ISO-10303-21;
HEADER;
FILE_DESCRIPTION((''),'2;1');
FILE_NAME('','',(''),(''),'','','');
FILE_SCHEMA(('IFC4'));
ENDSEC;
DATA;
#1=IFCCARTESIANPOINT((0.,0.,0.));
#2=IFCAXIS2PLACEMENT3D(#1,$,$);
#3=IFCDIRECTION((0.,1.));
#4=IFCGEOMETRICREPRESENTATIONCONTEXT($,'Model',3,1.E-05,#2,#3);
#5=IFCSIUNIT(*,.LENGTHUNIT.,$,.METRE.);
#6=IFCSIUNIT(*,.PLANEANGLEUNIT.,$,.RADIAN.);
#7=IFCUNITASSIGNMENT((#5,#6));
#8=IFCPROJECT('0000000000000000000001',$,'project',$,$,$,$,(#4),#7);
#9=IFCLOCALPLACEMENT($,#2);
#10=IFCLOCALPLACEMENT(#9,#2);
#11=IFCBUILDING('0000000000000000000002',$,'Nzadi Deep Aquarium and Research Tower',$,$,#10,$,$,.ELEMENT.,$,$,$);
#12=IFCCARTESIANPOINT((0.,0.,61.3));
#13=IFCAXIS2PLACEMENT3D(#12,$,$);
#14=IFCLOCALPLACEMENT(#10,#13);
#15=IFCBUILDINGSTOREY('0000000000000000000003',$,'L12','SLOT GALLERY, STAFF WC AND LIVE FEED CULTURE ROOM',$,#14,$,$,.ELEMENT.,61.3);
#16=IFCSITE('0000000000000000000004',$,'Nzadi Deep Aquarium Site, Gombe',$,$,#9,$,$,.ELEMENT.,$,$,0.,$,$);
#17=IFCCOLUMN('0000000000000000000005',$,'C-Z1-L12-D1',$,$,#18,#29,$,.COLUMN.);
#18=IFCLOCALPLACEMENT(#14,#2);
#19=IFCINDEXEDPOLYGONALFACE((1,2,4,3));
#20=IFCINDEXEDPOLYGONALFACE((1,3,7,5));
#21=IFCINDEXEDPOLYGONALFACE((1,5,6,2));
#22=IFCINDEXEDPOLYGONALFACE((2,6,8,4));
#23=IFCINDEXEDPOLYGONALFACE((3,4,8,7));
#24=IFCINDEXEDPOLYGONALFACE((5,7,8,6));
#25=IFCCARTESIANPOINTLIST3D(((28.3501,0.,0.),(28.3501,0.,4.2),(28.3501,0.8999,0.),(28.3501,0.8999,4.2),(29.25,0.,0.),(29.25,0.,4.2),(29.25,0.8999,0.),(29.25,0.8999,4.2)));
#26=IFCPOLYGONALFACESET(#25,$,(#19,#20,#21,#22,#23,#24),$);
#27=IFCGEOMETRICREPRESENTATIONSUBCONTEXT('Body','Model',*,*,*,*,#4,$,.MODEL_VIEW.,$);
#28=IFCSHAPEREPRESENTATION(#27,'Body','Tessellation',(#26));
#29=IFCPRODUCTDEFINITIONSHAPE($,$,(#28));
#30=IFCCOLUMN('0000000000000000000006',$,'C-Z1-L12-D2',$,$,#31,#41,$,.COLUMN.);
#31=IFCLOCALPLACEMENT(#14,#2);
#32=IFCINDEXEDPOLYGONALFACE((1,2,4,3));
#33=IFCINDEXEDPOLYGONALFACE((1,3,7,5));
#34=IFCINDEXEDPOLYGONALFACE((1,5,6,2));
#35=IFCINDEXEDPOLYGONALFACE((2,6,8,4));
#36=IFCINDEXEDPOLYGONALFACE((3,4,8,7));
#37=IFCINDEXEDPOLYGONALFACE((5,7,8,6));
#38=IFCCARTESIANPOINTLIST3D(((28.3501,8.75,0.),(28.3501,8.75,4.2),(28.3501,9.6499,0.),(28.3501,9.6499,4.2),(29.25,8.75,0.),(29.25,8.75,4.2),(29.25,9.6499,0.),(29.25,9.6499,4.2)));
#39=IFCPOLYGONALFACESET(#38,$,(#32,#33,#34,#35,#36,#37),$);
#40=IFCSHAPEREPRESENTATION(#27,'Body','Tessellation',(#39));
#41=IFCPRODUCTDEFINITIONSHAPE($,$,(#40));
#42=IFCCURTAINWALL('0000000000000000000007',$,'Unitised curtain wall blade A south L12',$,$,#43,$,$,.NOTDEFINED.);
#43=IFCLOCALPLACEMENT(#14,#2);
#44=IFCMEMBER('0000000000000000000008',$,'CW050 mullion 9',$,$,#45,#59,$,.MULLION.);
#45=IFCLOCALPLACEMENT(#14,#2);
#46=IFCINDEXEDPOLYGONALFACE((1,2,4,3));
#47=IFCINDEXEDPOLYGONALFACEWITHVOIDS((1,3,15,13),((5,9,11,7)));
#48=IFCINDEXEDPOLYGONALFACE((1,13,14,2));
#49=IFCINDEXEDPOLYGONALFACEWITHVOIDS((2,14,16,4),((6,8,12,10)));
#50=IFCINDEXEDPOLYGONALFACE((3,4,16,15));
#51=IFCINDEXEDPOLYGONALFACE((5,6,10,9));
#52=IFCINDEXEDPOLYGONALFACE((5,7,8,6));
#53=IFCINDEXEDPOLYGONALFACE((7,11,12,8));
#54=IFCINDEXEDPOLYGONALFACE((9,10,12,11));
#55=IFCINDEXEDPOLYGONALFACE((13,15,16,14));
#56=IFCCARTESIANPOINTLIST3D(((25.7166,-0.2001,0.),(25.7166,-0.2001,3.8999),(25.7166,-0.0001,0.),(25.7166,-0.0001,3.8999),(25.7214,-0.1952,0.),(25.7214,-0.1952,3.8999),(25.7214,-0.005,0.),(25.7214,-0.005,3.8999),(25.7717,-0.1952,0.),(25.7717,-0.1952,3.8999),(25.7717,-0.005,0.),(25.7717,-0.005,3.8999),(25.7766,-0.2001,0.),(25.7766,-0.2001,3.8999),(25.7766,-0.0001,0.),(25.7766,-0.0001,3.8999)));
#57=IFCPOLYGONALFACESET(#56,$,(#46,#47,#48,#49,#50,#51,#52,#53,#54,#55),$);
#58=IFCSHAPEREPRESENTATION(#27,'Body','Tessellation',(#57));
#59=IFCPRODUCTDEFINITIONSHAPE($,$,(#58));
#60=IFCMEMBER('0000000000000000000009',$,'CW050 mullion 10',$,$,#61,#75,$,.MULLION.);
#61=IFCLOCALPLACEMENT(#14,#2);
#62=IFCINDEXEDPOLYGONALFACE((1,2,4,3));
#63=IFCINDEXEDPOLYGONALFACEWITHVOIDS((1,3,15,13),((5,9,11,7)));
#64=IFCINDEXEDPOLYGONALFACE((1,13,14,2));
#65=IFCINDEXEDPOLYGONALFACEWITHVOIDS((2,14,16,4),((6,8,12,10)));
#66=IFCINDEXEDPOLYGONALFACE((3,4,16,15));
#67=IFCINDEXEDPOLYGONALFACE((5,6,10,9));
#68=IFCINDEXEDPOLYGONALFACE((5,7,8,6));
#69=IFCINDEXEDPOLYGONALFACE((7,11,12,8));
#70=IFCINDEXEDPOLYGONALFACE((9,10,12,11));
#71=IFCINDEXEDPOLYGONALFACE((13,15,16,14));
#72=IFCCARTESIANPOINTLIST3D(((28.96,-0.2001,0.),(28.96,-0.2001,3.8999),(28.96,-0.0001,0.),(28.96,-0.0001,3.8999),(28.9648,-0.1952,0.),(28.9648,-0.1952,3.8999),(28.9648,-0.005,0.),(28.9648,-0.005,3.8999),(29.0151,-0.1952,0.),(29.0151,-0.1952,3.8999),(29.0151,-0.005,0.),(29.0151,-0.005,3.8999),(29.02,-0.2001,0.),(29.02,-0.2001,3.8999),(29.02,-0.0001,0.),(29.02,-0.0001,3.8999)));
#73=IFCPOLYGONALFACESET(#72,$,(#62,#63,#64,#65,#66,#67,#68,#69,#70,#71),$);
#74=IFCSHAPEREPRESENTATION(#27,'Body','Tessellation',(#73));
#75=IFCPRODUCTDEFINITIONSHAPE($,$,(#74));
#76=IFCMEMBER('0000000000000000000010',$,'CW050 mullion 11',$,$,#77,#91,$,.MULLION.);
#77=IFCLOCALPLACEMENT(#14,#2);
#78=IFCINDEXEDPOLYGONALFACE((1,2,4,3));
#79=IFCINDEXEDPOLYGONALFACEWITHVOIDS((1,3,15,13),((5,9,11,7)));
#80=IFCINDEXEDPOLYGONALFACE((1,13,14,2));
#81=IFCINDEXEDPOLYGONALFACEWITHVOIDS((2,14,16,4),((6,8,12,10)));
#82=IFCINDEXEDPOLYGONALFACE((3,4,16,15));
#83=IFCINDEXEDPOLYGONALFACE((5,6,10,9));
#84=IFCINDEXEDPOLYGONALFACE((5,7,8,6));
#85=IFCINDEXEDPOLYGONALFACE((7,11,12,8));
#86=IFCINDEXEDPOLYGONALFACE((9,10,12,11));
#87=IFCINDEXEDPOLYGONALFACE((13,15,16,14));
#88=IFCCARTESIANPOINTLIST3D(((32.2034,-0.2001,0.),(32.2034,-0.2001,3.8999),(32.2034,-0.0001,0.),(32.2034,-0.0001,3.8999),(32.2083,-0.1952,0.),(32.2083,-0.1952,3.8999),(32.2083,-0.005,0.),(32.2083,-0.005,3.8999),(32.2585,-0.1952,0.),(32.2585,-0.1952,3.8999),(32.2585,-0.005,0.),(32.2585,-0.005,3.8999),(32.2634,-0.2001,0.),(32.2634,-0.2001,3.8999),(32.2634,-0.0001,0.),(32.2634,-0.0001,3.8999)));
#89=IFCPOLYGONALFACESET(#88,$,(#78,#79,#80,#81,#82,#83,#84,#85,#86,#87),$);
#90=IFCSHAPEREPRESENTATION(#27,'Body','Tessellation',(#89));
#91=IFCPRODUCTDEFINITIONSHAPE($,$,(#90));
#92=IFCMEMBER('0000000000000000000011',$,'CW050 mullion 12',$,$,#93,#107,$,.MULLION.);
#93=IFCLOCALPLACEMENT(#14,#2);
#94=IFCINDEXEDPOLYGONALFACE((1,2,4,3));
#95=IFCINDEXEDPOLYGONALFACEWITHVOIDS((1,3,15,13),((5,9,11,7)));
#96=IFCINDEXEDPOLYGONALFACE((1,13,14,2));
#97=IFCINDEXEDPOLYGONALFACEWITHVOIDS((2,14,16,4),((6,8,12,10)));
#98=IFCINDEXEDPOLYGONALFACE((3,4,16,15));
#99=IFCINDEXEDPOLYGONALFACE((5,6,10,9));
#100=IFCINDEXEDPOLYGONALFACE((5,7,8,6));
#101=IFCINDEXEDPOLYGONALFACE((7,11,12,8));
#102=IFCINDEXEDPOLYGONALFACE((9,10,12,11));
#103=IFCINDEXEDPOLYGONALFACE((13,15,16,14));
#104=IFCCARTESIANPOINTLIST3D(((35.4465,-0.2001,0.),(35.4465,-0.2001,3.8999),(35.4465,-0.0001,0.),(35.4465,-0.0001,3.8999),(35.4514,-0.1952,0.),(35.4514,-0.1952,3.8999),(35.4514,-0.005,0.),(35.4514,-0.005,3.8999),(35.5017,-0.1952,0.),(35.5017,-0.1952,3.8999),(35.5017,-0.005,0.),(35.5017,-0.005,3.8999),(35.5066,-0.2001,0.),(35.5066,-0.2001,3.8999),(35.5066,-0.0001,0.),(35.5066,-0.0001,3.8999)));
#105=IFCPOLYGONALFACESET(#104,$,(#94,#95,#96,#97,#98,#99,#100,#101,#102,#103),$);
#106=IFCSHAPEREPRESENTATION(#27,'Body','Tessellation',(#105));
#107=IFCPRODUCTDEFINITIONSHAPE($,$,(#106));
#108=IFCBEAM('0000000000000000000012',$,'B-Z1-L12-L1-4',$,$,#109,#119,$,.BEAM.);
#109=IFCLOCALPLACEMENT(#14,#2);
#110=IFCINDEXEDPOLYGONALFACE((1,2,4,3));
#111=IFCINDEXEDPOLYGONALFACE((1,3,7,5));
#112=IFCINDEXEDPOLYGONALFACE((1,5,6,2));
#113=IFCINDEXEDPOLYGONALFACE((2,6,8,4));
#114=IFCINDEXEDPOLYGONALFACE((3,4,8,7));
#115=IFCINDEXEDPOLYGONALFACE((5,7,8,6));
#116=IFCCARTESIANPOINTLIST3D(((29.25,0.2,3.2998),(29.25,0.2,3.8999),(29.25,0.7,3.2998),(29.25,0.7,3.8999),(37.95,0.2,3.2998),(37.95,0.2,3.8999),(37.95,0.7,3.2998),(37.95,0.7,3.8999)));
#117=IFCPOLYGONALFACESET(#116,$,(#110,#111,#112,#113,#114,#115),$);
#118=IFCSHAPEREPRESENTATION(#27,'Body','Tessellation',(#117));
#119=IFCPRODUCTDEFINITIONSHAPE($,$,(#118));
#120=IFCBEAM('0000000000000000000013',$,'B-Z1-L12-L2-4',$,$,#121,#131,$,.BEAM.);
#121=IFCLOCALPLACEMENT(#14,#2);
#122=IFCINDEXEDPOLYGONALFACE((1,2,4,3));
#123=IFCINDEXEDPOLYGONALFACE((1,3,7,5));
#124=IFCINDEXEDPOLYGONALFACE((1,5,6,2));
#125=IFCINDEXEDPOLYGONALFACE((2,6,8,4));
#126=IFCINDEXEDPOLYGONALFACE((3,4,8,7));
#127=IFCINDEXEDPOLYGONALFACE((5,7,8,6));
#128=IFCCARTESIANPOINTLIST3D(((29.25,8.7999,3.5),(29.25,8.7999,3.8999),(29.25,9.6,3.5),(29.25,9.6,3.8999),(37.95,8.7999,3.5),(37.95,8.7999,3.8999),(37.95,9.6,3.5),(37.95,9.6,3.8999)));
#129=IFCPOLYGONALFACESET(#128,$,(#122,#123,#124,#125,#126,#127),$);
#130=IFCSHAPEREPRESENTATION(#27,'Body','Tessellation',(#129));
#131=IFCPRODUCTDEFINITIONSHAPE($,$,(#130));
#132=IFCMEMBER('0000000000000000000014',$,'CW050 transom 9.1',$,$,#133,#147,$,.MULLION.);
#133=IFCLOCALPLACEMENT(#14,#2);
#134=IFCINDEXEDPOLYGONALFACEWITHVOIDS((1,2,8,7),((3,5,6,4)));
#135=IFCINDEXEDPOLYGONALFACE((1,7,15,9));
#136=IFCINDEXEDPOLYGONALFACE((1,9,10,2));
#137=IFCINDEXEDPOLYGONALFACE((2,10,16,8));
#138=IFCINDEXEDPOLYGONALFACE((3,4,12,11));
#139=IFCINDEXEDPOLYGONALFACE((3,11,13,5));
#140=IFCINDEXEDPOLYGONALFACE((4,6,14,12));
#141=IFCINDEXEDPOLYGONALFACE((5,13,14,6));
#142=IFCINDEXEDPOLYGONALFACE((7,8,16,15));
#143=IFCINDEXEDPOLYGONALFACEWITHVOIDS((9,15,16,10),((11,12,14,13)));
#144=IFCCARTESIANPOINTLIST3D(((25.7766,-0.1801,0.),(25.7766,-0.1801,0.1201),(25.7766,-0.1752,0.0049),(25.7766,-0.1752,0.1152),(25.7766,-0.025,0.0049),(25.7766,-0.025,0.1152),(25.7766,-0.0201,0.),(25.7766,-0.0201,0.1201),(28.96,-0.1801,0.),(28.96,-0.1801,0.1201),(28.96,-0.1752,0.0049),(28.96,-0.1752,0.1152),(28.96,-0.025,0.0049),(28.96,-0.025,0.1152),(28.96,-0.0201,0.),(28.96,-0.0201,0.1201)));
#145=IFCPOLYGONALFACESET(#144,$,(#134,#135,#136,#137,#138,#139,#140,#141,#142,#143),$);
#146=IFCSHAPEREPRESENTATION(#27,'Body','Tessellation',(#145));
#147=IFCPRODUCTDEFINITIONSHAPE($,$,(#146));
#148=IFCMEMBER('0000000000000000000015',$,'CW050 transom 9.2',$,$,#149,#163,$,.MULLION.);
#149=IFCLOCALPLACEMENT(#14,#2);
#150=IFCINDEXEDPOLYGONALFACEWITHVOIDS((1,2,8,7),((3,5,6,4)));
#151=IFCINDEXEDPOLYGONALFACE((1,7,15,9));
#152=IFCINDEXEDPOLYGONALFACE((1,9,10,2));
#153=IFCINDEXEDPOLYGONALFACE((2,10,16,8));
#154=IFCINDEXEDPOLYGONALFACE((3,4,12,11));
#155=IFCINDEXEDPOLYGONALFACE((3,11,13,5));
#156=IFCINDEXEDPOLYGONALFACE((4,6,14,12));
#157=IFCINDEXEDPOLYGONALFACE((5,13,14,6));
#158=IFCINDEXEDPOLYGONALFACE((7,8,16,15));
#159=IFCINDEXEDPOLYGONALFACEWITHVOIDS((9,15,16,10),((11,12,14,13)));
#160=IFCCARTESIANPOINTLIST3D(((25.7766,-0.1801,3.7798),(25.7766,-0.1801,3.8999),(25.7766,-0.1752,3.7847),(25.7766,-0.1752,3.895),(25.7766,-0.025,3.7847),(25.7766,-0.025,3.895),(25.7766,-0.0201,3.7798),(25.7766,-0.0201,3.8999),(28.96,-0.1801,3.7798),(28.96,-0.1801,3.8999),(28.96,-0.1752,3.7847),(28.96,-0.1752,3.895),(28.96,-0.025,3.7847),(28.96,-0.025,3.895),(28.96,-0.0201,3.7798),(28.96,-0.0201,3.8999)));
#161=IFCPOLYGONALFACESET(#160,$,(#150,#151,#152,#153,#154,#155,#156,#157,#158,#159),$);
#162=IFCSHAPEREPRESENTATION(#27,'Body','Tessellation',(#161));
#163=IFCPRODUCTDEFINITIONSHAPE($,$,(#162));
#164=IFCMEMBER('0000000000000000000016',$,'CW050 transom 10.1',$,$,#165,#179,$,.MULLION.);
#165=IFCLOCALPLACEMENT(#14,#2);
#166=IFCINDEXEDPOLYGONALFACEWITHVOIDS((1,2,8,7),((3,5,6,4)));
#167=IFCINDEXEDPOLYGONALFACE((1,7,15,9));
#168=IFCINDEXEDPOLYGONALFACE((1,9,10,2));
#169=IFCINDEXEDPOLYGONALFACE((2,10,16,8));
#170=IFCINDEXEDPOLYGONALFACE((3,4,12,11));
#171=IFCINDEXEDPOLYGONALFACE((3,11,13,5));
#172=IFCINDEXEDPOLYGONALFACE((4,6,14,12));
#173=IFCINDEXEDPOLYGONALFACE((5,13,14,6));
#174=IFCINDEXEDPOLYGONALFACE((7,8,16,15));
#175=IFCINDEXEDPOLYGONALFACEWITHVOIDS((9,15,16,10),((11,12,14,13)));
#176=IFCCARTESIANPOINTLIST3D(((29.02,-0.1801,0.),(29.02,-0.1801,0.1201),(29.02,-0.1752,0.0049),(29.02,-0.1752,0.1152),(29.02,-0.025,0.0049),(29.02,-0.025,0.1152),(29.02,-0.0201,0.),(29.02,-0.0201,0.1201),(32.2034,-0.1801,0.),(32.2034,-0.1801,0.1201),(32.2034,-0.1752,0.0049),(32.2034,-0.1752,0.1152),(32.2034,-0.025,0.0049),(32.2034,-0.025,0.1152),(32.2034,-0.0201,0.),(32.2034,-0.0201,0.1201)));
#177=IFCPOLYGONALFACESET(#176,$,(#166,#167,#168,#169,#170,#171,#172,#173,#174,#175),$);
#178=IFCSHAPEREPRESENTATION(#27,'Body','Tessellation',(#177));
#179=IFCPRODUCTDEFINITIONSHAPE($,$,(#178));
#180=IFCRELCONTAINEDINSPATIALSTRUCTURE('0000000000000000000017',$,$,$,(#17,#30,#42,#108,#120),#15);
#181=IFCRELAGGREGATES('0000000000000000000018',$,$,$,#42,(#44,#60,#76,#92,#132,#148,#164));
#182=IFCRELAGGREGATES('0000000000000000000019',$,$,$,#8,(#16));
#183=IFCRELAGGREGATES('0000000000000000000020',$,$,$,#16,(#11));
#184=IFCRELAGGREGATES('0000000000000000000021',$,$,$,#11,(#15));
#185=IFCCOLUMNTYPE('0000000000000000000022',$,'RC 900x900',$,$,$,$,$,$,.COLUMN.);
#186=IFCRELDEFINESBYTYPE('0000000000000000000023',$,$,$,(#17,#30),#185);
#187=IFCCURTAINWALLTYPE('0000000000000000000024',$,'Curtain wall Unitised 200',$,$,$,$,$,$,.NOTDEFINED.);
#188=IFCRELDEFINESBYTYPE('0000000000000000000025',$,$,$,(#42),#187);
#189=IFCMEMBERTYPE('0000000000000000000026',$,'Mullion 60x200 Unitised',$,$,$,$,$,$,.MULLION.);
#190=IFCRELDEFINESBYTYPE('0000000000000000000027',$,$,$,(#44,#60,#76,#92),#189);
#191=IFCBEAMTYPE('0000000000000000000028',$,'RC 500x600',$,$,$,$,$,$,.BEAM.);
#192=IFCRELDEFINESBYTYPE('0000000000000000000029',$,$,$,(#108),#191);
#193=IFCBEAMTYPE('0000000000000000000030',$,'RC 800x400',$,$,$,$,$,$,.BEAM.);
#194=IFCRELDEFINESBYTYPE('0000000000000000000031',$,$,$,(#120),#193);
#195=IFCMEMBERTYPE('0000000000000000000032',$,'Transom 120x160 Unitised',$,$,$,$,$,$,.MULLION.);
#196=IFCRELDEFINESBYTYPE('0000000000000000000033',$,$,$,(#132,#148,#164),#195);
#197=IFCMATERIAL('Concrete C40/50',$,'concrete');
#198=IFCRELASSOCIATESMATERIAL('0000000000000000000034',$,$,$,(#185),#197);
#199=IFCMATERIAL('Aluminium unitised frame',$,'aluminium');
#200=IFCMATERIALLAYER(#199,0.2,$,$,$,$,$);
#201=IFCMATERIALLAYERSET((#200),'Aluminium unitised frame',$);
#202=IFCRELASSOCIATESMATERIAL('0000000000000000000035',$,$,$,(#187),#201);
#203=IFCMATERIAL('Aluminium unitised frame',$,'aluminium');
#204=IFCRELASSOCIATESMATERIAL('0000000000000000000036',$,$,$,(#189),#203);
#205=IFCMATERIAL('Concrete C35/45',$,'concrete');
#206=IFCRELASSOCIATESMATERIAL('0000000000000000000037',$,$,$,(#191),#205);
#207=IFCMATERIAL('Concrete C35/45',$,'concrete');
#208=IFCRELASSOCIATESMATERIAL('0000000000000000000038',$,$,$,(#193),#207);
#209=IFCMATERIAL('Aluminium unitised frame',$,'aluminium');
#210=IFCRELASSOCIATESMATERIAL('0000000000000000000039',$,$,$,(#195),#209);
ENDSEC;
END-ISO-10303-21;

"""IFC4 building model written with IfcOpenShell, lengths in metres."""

from ifc_helpers import new_model, si_unit, direction, frame, origin, origin_2d, place, context, subcontext, project, spatial, rectangle, hollow_rectangle, extrude, material, layer, layer_set, material_profile, profile_set, type_object, element, aggregate, save


model = new_model("IFC4")

# Units and contexts
model_context = context("Model", 3, precision=1e-05, world=origin(), true_north=direction((0.0, 1.0)))
body_context = subcontext(model_context, "Body", "Model", "MODEL_VIEW")
ifc_project = project(units=[si_unit("LENGTHUNIT", "METRE"), si_unit("PLANEANGLEUNIT", "RADIAN")], contexts=[model_context])

# Site, building, storey
site_placement = place(None, origin())
site = spatial("IfcSite", under=ifc_project, at=site_placement, Name="Nzadi Deep Aquarium Site, Gombe", CompositionType="ELEMENT", RefElevation=0.0)
building_placement = place(site_placement, origin())
building = spatial("IfcBuilding", under=site, at=building_placement, Name="Nzadi Deep Aquarium and Research Tower", CompositionType="ELEMENT")
storey_placement = place(building_placement, frame((0.0, 0.0, 61.3)))
storey = spatial("IfcBuildingStorey", under=building, at=storey_placement, Name="L12", Description="SLOT GALLERY, STAFF WC AND LIVE FEED CULTURE ROOM", CompositionType="ELEMENT", Elevation=61.3)

# Columns
ifc_material_1 = material(Name="Concrete C40/50", Category="concrete")
ifc_material_profile_1 = material_profile(ifc_material_1, rectangle(XDim=0.8999, YDim=0.8999, at=origin_2d()))
ifc_profile_set_1 = profile_set([ifc_material_profile_1], Name="Concrete C40/50")
column_type = type_object("IfcColumnType", Name="RC 900x900", PredefinedType="COLUMN", material=ifc_profile_set_1)
for number, where, z_axis, x_axis, name in (
    (1, (28.8, 0.45, 0.0), (0.0, 0.0, 1.0), (1.0, 0.0, 0.0), "C-Z1-L12-D1"),
    (2, (28.8, 9.2, 0.0), (0.0, 0.0, 1.0), (1.0, 0.0, 0.0), "C-Z1-L12-D2"),
):
    element("IfcColumn", number, at=place(storey_placement, frame(where, z_axis=z_axis, x_axis=x_axis)), inside=storey, type_object=column_type, Name=name, PredefinedType="COLUMN", context=body_context, shape_type="SweptSolid", body=[
        extrude(rectangle(XDim=0.8999, YDim=0.8999, at=origin_2d()), origin(), (0.0, 0.0, 1.0), 4.2),
    ])

# Curtain wall, members
ifc_material_2 = material(Name="Aluminium unitised frame", Category="aluminium")
ifc_layer_1 = layer(ifc_material_2, 0.2)
ifc_layer_set_1 = layer_set([ifc_layer_1], Name="Aluminium unitised frame")
curtain_wall_type = type_object("IfcCurtainWallType", Name="Curtain wall Unitised 200", PredefinedType="NOTDEFINED", material=ifc_layer_set_1)
curtain_wall_placement = place(storey_placement, origin())
curtain_wall = element("IfcCurtainWall", 3, at=curtain_wall_placement, inside=storey, type_object=curtain_wall_type, Name="Unitised curtain wall blade A south L12", PredefinedType="NOTDEFINED")
ifc_material_3 = material(Name="Aluminium unitised frame", Category="aluminium")
ifc_material_profile_2 = material_profile(ifc_material_3, hollow_rectangle(XDim=0.2, YDim=0.0601, WallThickness=0.0049, at=origin_2d()))
ifc_profile_set_2 = profile_set([ifc_material_profile_2], Name="Aluminium unitised frame")
member_type_1 = type_object("IfcMemberType", Name="Mullion 60x200 Unitised", PredefinedType="MULLION", material=ifc_profile_set_2)
member_1_placement = place(storey_placement, frame((25.7466, -0.1001, 0.0), z_axis=(0.0, 0.0, 1.0), x_axis=(0.0, 1.0, 0.0)))
member_1 = element("IfcMember", 4, at=member_1_placement, type_object=member_type_1, Name="CW050 mullion 9", PredefinedType="MULLION", context=body_context, shape_type="SweptSolid", body=[
    extrude(hollow_rectangle(XDim=0.2, YDim=0.0601, WallThickness=0.0049, at=origin_2d()), origin(), (0.0, 0.0, 1.0), 3.8999),
])
member_2_placement = place(storey_placement, frame((28.99, -0.1001, 0.0), z_axis=(0.0, 0.0, 1.0), x_axis=(0.0, 1.0, 0.0)))
member_2 = element("IfcMember", 5, at=member_2_placement, type_object=member_type_1, Name="CW050 mullion 10", PredefinedType="MULLION", context=body_context, shape_type="SweptSolid", body=[
    extrude(hollow_rectangle(XDim=0.2, YDim=0.0601, WallThickness=0.0049, at=origin_2d()), origin(), (0.0, 0.0, 1.0), 3.8999),
])
member_3_placement = place(storey_placement, frame((32.2334, -0.1001, 0.0), z_axis=(0.0, 0.0, 1.0), x_axis=(0.0, 1.0, 0.0)))
member_3 = element("IfcMember", 6, at=member_3_placement, type_object=member_type_1, Name="CW050 mullion 11", PredefinedType="MULLION", context=body_context, shape_type="SweptSolid", body=[
    extrude(hollow_rectangle(XDim=0.2, YDim=0.0601, WallThickness=0.0049, at=origin_2d()), origin(), (0.0, 0.0, 1.0), 3.8999),
])
member_4_placement = place(storey_placement, frame((35.4766, -0.1001, 0.0), z_axis=(0.0, 0.0, 1.0), x_axis=(0.0, 1.0, 0.0)))
member_4 = element("IfcMember", 7, at=member_4_placement, type_object=member_type_1, Name="CW050 mullion 12", PredefinedType="MULLION", context=body_context, shape_type="SweptSolid", body=[
    extrude(hollow_rectangle(XDim=0.2, YDim=0.0601, WallThickness=0.0049, at=origin_2d()), origin(), (0.0, 0.0, 1.0), 3.8999),
])

# Beams
ifc_material_4 = material(Name="Concrete C35/45", Category="concrete")
ifc_material_profile_3 = material_profile(ifc_material_4, rectangle(XDim=0.5, YDim=0.6001, at=origin_2d()))
ifc_profile_set_3 = profile_set([ifc_material_profile_3], Name="Concrete C35/45")
beam_type_1 = type_object("IfcBeamType", Name="RC 500x600", PredefinedType="BEAM", material=ifc_profile_set_3)
beam_1_placement = place(storey_placement, frame((29.25, 0.45, 3.5999), z_axis=(1.0, 0.0, 0.0), x_axis=(0.0, 1.0, 0.0)))
element("IfcBeam", 8, at=beam_1_placement, inside=storey, type_object=beam_type_1, Name="B-Z1-L12-L1-4", PredefinedType="BEAM", context=body_context, shape_type="SweptSolid", body=[
    extrude(rectangle(XDim=0.5, YDim=0.6001, at=origin_2d()), origin(), (0.0, 0.0, 1.0), 8.7),
])
ifc_material_5 = material(Name="Concrete C35/45", Category="concrete")
ifc_material_profile_4 = material_profile(ifc_material_5, rectangle(XDim=0.8, YDim=0.3999, at=origin_2d()))
ifc_profile_set_4 = profile_set([ifc_material_profile_4], Name="Concrete C35/45")
beam_type_2 = type_object("IfcBeamType", Name="RC 800x400", PredefinedType="BEAM", material=ifc_profile_set_4)
beam_2_placement = place(storey_placement, frame((29.25, 9.2, 3.7), z_axis=(1.0, 0.0, 0.0), x_axis=(0.0, 1.0, 0.0)))
element("IfcBeam", 9, at=beam_2_placement, inside=storey, type_object=beam_type_2, Name="B-Z1-L12-L2-4", PredefinedType="BEAM", context=body_context, shape_type="SweptSolid", body=[
    extrude(rectangle(XDim=0.8, YDim=0.3999, at=origin_2d()), origin(), (0.0, 0.0, 1.0), 8.7),
])

# Members
ifc_material_6 = material(Name="Aluminium unitised frame", Category="aluminium")
ifc_material_profile_5 = material_profile(ifc_material_6, hollow_rectangle(XDim=0.1599, YDim=0.1201, WallThickness=0.0049, at=origin_2d()))
ifc_profile_set_5 = profile_set([ifc_material_profile_5], Name="Aluminium unitised frame")
member_type_2 = type_object("IfcMemberType", Name="Transom 120x160 Unitised", PredefinedType="MULLION", material=ifc_profile_set_5)
member_5_placement = place(storey_placement, frame((25.7766, -0.1001, 0.0601), z_axis=(1.0, 0.0, 0.0), x_axis=(0.0, 1.0, 0.0)))
member_5 = element("IfcMember", 10, at=member_5_placement, type_object=member_type_2, Name="CW050 transom 9.1", PredefinedType="MULLION", context=body_context, shape_type="SweptSolid", body=[
    extrude(hollow_rectangle(XDim=0.1599, YDim=0.1201, WallThickness=0.0049, at=origin_2d()), origin(), (0.0, 0.0, 1.0), 3.1833),
])
member_6_placement = place(storey_placement, frame((25.7766, -0.1001, 3.8398), z_axis=(1.0, 0.0, 0.0), x_axis=(0.0, 1.0, 0.0)))
member_6 = element("IfcMember", 11, at=member_6_placement, type_object=member_type_2, Name="CW050 transom 9.2", PredefinedType="MULLION", context=body_context, shape_type="SweptSolid", body=[
    extrude(hollow_rectangle(XDim=0.1599, YDim=0.1201, WallThickness=0.0049, at=origin_2d()), origin(), (0.0, 0.0, 1.0), 3.1833),
])
member_7_placement = place(storey_placement, frame((29.02, -0.1001, 0.0601), z_axis=(1.0, 0.0, 0.0), x_axis=(0.0, 1.0, 0.0)))
member_7 = element("IfcMember", 12, at=member_7_placement, type_object=member_type_2, Name="CW050 transom 10.1", PredefinedType="MULLION", context=body_context, shape_type="SweptSolid", body=[
    extrude(hollow_rectangle(XDim=0.1599, YDim=0.1201, WallThickness=0.0049, at=origin_2d()), origin(), (0.0, 0.0, 1.0), 3.1833),
])

aggregate(curtain_wall, [member_1, member_2, member_3, member_4, member_5, member_6, member_7])

save(model, "model.ifc")
